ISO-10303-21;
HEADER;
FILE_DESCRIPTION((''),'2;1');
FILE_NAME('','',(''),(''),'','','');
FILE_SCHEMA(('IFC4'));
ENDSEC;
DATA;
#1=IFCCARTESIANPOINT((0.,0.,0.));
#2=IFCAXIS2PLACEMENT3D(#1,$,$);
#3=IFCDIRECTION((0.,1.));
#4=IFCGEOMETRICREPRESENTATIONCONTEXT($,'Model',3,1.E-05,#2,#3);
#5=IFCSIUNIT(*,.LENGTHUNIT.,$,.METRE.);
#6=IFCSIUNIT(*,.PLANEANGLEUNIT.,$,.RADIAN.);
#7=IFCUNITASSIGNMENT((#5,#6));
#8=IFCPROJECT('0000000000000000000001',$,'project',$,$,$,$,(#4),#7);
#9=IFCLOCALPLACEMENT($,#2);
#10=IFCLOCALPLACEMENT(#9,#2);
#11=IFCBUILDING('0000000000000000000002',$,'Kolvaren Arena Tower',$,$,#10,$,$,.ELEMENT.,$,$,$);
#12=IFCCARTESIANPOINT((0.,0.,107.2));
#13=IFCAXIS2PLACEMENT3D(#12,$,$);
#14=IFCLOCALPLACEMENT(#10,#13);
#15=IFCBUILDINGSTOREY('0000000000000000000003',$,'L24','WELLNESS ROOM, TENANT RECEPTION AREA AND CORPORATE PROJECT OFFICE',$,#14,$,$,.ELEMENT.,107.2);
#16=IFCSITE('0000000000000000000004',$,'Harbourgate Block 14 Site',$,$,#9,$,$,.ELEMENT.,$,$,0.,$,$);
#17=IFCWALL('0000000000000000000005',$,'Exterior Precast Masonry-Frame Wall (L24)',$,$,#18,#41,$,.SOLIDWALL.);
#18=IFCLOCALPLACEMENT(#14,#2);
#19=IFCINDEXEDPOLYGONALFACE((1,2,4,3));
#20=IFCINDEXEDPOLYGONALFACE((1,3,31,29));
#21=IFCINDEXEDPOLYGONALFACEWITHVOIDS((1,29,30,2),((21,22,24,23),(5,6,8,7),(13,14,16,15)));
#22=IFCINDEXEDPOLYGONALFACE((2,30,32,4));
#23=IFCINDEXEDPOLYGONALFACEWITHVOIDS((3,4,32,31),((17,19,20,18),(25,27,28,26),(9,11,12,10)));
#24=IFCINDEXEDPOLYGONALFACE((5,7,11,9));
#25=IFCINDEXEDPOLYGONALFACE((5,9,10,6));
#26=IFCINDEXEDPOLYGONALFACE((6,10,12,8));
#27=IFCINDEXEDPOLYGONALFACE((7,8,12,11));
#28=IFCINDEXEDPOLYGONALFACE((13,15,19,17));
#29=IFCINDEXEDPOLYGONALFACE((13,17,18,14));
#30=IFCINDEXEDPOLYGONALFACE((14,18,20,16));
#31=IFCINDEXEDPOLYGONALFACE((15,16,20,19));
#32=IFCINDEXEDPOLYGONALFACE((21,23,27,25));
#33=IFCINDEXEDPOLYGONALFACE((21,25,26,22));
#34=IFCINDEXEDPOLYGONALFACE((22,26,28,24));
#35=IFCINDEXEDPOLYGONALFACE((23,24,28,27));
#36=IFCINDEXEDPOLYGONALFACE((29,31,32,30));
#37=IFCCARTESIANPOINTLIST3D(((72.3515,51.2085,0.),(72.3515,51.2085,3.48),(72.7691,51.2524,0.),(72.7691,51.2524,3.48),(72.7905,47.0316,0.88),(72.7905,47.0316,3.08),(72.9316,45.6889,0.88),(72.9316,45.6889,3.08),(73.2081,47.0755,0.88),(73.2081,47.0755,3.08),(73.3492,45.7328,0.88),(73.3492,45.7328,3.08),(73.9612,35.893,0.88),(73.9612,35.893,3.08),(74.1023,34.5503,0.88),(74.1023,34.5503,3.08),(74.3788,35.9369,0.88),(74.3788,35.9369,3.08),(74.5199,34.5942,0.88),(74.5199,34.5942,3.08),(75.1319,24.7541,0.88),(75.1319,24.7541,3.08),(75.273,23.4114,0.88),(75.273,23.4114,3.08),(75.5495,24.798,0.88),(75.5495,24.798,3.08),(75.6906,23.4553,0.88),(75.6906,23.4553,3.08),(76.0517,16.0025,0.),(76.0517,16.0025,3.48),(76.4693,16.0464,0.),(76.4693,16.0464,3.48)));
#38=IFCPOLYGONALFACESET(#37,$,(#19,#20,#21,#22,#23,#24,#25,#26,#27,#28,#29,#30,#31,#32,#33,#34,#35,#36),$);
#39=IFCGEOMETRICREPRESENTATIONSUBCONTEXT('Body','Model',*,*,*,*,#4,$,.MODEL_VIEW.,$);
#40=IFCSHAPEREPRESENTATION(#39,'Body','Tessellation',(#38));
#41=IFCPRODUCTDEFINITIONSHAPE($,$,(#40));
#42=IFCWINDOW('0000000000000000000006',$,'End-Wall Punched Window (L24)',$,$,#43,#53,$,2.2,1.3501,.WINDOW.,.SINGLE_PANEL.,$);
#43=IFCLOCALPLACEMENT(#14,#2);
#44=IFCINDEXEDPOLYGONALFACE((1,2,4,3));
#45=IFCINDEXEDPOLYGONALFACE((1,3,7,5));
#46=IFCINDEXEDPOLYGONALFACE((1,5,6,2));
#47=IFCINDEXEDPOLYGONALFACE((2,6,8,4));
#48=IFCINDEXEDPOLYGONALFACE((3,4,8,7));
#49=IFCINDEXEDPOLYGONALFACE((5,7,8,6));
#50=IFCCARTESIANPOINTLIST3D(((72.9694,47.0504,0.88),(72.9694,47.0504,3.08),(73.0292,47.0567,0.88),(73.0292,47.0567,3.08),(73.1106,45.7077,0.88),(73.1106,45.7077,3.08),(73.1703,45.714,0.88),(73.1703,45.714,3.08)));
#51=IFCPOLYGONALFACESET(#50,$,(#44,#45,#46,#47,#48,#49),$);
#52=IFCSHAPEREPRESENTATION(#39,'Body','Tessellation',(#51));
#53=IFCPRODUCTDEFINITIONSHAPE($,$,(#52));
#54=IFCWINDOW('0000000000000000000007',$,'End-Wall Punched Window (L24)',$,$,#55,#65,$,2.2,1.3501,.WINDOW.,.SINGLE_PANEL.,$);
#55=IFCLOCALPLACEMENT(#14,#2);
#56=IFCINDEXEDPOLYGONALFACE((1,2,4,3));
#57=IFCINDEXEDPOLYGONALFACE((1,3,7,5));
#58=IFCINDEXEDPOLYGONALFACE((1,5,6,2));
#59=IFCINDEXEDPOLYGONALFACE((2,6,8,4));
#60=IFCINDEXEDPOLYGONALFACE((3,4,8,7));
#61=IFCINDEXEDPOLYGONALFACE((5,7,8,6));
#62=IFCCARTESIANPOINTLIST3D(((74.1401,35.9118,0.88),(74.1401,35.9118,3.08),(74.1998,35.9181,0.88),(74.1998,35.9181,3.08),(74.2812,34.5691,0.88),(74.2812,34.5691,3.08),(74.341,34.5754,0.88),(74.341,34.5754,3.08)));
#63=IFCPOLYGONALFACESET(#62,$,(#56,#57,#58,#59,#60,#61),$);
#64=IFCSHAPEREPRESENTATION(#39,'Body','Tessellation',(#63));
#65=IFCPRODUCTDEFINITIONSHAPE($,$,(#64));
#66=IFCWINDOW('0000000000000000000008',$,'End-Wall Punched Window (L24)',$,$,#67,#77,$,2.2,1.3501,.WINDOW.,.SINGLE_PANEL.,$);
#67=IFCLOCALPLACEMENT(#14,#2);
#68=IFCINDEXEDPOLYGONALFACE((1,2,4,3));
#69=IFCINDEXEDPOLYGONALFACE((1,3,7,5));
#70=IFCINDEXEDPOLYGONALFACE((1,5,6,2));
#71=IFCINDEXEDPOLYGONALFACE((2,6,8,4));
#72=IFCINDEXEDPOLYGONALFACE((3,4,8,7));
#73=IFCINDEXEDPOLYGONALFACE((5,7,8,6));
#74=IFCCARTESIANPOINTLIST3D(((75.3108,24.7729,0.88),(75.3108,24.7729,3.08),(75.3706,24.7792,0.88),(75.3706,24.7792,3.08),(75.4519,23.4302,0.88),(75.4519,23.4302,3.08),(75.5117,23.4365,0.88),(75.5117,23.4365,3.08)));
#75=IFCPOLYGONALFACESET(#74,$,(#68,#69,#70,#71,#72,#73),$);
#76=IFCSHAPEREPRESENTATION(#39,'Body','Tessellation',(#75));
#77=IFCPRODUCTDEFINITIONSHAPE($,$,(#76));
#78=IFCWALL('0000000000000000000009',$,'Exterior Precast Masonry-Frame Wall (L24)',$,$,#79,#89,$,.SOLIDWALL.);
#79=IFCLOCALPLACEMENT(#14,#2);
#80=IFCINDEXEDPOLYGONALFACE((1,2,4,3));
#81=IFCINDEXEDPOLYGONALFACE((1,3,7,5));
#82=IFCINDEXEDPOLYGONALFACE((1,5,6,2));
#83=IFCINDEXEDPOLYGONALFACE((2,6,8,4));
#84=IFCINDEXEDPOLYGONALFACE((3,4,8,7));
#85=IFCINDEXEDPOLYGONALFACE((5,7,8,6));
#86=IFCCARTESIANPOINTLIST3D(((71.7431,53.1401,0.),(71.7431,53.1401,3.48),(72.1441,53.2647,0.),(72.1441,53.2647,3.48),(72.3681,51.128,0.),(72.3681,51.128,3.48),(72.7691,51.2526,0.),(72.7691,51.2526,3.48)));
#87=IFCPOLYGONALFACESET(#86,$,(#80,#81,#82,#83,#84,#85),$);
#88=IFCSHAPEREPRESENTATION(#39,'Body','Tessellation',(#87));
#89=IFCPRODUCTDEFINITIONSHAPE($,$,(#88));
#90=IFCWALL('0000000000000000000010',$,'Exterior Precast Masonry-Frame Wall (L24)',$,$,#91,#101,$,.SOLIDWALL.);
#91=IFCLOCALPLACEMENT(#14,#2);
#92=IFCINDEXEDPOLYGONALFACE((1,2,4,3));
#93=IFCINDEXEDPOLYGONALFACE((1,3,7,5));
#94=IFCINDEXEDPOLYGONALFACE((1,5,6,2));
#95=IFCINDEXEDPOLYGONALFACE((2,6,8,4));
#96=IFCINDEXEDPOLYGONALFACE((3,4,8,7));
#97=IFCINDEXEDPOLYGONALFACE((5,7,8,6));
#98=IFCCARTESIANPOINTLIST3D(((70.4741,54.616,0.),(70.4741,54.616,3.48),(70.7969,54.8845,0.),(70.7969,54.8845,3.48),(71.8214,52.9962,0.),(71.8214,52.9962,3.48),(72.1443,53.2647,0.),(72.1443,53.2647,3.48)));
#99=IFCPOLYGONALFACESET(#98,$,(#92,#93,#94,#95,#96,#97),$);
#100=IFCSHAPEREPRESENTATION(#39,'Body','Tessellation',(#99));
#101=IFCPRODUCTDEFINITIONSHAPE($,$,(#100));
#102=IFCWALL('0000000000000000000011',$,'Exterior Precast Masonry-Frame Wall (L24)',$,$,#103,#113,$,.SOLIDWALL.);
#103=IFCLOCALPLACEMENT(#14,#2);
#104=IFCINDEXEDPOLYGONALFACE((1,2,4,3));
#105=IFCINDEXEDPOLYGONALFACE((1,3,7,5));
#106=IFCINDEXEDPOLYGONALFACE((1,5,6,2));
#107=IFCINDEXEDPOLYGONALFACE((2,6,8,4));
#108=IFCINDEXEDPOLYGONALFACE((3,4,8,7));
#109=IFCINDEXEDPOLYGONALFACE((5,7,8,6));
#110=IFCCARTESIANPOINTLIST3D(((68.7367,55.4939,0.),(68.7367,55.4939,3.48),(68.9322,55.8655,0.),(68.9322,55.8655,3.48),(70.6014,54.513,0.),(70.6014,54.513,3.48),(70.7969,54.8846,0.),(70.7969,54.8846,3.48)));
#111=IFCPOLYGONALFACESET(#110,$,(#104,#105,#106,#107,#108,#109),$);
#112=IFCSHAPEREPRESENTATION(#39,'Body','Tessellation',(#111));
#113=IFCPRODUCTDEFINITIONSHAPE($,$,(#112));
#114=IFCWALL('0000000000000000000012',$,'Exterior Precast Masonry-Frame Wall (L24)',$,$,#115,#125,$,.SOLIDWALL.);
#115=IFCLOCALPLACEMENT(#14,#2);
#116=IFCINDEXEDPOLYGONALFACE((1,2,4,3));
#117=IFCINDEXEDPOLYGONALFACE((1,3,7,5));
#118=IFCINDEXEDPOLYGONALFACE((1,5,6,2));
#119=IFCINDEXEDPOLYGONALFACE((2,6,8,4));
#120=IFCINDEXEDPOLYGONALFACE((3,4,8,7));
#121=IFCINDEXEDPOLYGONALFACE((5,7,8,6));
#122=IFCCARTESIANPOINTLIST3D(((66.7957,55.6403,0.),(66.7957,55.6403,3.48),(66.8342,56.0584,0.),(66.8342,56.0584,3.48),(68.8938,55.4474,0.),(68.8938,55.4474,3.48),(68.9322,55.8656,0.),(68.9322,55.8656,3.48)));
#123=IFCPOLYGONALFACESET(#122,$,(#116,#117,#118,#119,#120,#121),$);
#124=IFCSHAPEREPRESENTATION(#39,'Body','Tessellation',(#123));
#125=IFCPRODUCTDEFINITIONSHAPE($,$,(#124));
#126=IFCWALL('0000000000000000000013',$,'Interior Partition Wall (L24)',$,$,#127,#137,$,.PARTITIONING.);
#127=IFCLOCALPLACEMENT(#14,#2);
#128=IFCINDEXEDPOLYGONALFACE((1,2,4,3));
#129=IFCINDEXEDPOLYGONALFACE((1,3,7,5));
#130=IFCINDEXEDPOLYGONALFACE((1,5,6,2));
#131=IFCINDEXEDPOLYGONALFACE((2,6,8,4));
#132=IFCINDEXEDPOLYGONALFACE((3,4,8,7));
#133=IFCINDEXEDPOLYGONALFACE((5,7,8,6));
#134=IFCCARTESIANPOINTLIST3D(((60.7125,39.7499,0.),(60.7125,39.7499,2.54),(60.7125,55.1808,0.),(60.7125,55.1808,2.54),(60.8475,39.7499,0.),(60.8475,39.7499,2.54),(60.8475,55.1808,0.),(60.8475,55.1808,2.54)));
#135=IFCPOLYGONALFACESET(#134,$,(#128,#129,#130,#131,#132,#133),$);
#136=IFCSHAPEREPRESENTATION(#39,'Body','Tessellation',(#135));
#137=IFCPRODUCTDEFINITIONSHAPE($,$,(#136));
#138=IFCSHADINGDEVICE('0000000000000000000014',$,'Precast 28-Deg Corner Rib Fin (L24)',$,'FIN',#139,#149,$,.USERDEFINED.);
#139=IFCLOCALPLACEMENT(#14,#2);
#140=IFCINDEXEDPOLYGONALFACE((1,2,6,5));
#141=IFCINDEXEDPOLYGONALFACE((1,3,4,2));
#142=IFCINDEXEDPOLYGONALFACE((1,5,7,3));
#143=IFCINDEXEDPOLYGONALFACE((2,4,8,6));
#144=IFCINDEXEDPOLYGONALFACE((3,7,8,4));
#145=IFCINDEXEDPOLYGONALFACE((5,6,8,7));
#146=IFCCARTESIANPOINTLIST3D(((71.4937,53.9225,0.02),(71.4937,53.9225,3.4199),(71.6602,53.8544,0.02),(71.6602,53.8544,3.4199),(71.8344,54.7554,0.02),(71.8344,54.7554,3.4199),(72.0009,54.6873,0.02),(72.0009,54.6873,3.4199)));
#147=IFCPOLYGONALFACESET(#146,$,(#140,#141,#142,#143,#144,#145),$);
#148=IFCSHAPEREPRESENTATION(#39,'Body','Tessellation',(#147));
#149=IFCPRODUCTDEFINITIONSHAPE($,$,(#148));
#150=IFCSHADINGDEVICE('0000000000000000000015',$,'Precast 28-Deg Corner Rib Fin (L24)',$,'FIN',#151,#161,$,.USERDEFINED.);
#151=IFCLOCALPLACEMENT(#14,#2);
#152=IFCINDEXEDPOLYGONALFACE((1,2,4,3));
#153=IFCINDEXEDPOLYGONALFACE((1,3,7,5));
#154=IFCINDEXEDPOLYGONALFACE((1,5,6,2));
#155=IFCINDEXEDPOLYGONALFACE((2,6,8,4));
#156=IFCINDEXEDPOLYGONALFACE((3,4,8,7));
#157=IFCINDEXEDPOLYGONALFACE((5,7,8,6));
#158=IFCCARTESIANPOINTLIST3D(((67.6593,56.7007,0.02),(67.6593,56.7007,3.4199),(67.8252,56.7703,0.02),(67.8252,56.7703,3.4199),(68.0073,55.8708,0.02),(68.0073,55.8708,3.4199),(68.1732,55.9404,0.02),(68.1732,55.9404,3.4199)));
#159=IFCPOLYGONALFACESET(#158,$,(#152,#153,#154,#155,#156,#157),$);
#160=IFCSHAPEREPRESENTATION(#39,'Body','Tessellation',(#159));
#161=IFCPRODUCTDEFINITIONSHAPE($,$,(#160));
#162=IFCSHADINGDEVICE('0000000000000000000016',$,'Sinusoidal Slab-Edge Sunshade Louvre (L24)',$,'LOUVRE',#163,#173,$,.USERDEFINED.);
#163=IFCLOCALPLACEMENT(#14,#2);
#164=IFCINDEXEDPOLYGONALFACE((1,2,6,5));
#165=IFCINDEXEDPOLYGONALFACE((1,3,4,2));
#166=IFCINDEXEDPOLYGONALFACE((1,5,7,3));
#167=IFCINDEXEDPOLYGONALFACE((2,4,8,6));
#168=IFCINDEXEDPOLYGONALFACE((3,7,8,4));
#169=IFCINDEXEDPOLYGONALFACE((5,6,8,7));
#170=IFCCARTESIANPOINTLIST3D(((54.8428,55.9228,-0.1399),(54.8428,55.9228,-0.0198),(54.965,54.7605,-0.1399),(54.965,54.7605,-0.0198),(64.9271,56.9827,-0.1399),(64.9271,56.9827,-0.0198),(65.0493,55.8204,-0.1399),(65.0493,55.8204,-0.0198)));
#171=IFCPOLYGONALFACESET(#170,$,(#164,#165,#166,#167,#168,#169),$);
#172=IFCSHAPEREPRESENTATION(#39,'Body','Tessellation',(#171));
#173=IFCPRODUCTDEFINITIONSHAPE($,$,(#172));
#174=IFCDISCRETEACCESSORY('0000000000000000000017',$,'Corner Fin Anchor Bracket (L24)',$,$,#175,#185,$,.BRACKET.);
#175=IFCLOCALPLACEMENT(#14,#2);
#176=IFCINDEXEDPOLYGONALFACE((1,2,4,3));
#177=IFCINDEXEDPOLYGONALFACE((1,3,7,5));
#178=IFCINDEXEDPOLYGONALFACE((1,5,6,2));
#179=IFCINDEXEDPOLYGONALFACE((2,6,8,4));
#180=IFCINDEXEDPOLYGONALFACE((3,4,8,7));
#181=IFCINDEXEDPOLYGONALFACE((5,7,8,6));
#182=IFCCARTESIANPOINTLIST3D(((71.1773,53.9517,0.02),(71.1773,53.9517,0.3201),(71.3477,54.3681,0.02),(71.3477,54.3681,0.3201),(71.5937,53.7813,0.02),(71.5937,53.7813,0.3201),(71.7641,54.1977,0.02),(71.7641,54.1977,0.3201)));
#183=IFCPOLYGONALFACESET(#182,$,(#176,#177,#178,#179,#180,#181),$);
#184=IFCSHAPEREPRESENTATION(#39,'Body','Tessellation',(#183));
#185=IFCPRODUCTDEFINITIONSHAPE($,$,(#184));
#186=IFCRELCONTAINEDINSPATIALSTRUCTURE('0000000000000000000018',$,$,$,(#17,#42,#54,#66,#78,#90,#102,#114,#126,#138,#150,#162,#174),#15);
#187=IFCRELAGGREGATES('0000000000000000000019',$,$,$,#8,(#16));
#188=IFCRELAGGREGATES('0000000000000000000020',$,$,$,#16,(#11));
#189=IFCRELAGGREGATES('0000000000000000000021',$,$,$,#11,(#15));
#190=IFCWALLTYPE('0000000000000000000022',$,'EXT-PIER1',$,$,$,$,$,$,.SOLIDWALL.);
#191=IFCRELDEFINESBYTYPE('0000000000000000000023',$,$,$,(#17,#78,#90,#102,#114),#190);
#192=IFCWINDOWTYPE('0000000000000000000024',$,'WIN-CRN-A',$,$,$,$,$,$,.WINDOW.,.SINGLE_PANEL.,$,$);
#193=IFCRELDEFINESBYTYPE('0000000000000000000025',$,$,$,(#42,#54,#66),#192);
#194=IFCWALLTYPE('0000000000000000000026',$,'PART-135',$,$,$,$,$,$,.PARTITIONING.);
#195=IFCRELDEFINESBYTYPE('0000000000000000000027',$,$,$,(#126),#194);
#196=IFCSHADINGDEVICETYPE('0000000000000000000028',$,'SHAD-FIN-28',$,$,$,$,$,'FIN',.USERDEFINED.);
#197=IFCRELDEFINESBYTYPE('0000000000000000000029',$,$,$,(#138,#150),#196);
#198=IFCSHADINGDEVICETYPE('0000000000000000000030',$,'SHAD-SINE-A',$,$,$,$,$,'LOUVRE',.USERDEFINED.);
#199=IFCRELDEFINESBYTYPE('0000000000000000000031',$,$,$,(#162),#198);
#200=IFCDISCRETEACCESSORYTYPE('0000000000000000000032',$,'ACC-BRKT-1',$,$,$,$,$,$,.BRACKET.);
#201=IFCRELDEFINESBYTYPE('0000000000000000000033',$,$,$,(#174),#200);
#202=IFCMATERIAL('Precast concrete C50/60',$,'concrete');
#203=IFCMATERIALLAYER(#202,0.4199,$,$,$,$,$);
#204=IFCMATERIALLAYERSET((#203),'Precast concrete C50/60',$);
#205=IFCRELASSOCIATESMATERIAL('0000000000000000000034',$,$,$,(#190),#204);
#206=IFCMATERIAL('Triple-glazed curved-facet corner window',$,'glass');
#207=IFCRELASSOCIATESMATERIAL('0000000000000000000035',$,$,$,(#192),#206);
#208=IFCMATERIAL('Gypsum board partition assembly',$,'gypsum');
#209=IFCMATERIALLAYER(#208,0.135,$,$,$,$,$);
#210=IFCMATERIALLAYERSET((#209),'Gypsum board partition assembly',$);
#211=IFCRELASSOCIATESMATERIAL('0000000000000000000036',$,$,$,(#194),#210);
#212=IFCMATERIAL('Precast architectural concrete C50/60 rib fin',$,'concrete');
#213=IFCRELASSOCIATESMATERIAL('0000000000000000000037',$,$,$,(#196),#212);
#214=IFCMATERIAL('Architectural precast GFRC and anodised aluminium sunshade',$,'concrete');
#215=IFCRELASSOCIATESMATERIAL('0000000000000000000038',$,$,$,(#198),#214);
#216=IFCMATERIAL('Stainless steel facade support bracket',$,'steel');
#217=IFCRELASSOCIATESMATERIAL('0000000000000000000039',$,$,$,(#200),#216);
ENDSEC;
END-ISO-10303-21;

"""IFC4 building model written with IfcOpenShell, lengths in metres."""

from ifc_helpers import new_model, si_unit, direction, frame, frame_2d, origin, origin_2d, place, context, subcontext, project, spatial, rectangle, extrude, material, layer, layer_set, type_object, element, fill, save


model = new_model("IFC4")

# Units and contexts
model_context = context("Model", 3, precision=1e-05, world=origin(), true_north=direction((0.0, 1.0)))
body_context = subcontext(model_context, "Body", "Model", "MODEL_VIEW")
ifc_project = project(units=[si_unit("LENGTHUNIT", "METRE"), si_unit("PLANEANGLEUNIT", "RADIAN")], contexts=[model_context])

# Site, building, storey
site_placement = place(None, origin())
site = spatial("IfcSite", under=ifc_project, at=site_placement, Name="Harbourgate Block 14 Site", CompositionType="ELEMENT", RefElevation=0.0)
building_placement = place(site_placement, origin())
building = spatial("IfcBuilding", under=site, at=building_placement, Name="Kolvaren Arena Tower", CompositionType="ELEMENT")
storey_placement = place(building_placement, frame((0.0, 0.0, 107.2)))
storey = spatial("IfcBuildingStorey", under=building, at=storey_placement, Name="L24", Description="WELLNESS ROOM, TENANT RECEPTION AREA AND CORPORATE PROJECT OFFICE", CompositionType="ELEMENT", Elevation=107.2)

# Wall, openings, windows
ifc_material_1 = material(Name="Precast concrete C50/60", Category="concrete")
ifc_layer_1 = layer(ifc_material_1, 0.4199)
ifc_layer_set_1 = layer_set([ifc_layer_1], Name="Precast concrete C50/60")
wall_type_1 = type_object("IfcWallType", Name="EXT-PIER1", PredefinedType="SOLIDWALL", material=ifc_layer_set_1)
wall_1_placement = place(storey_placement, frame((72.5603, 51.2305, 0.0), z_axis=(0.0, 0.0, 1.0), x_axis=(0.104525, -0.994522, 0.0)))
wall_1 = element("IfcWall", 1, at=wall_1_placement, inside=storey, type_object=wall_type_1, Name="Exterior Precast Masonry-Frame Wall (L24)", PredefinedType="SOLIDWALL", context=body_context, shape_type="SweptSolid", body=[
    extrude(rectangle(XDim=35.3999, YDim=0.4199, at=frame_2d((17.7, 0.0))), origin(), (0.0, 0.0, 1.0), 3.48),
])
opening_1_placement = place(wall_1_placement, frame((4.2, 0.0, 0.8799)))
opening_1 = element("IfcOpeningElement", 2, at=opening_1_placement, cuts=wall_1, PredefinedType="OPENING", context=body_context, shape_type="SweptSolid", body=[
    extrude(rectangle(XDim=1.3501, YDim=2.2, at=frame_2d((0.675, 1.1001))), frame((0.0, 0.22, 0.0), z_axis=(0.0, -1.0, 0.0), x_axis=(1.0, 0.0, 0.0)), (0.0, 0.0, 1.0), 0.4399),
])
opening_2_placement = place(wall_1_placement, frame((15.3999, 0.0, 0.8799)))
opening_2 = element("IfcOpeningElement", 3, at=opening_2_placement, cuts=wall_1, PredefinedType="OPENING", context=body_context, shape_type="SweptSolid", body=[
    extrude(rectangle(XDim=1.3501, YDim=2.2, at=frame_2d((0.675, 1.1001))), frame((0.0, 0.22, 0.0), z_axis=(0.0, -1.0, 0.0), x_axis=(1.0, 0.0, 0.0)), (0.0, 0.0, 1.0), 0.4399),
])
opening_3_placement = place(wall_1_placement, frame((26.6001, 0.0, 0.8799)))
opening_3 = element("IfcOpeningElement", 4, at=opening_3_placement, cuts=wall_1, PredefinedType="OPENING", context=body_context, shape_type="SweptSolid", body=[
    extrude(rectangle(XDim=1.3501, YDim=2.2, at=frame_2d((0.675, 1.1001))), frame((0.0, 0.22, 0.0), z_axis=(0.0, -1.0, 0.0), x_axis=(1.0, 0.0, 0.0)), (0.0, 0.0, 1.0), 0.4399),
])
ifc_material_2 = material(Name="Triple-glazed curved-facet corner window", Category="glass")
window_type = type_object("IfcWindowType", Name="WIN-CRN-A", PartitioningType="SINGLE_PANEL", PredefinedType="WINDOW", material=ifc_material_2)
window_1_placement = place(opening_1_placement, origin())
window_1 = element("IfcWindow", 5, at=window_1_placement, inside=storey, type_object=window_type, Name="End-Wall Punched Window (L24)", OverallHeight=2.2, OverallWidth=1.3501, PartitioningType="SINGLE_PANEL", PredefinedType="WINDOW", context=body_context, shape_type="SweptSolid", body=[
    extrude(rectangle(XDim=1.3501, YDim=2.2, at=frame_2d((0.675, 1.1001))), frame((0.0, 0.03, 0.0), z_axis=(0.0, -1.0, 0.0), x_axis=(1.0, 0.0, 0.0)), (0.0, 0.0, 1.0), 0.0601),
])
fill(opening_1, window_1)
window_2_placement = place(opening_2_placement, origin())
window_2 = element("IfcWindow", 6, at=window_2_placement, inside=storey, type_object=window_type, Name="End-Wall Punched Window (L24)", OverallHeight=2.2, OverallWidth=1.3501, PartitioningType="SINGLE_PANEL", PredefinedType="WINDOW", context=body_context, shape_type="SweptSolid", body=[
    extrude(rectangle(XDim=1.3501, YDim=2.2, at=frame_2d((0.675, 1.1001))), frame((0.0, 0.03, 0.0), z_axis=(0.0, -1.0, 0.0), x_axis=(1.0, 0.0, 0.0)), (0.0, 0.0, 1.0), 0.0601),
])
fill(opening_2, window_2)
window_3_placement = place(opening_3_placement, origin())
window_3 = element("IfcWindow", 7, at=window_3_placement, inside=storey, type_object=window_type, Name="End-Wall Punched Window (L24)", OverallHeight=2.2, OverallWidth=1.3501, PartitioningType="SINGLE_PANEL", PredefinedType="WINDOW", context=body_context, shape_type="SweptSolid", body=[
    extrude(rectangle(XDim=1.3501, YDim=2.2, at=frame_2d((0.675, 1.1001))), frame((0.0, 0.03, 0.0), z_axis=(0.0, -1.0, 0.0), x_axis=(1.0, 0.0, 0.0)), (0.0, 0.0, 1.0), 0.0601),
])
fill(opening_3, window_3)

# Walls
for number, where, z_axis, x_axis, name in (
    (8, (71.9436, 53.2024, 0.0), (0.0, 0.0, 1.0), (0.296625, -0.954994, 0.0), "Exterior Precast Masonry-Frame Wall (L24)"),
    (9, (70.6355, 54.7502, 0.0), (0.0, 0.0, 1.0), (0.639489, -0.7688, 0.0), "Exterior Precast Masonry-Frame Wall (L24)"),
    (10, (68.8345, 55.6797, 0.0), (0.0, 0.0, 1.0), (0.885014, -0.465565, 0.0), "Exterior Precast Masonry-Frame Wall (L24)"),
    (11, (66.8149, 55.8494, 0.0), (0.0, 0.0, 1.0), (0.995802, -0.091539, 0.0), "Exterior Precast Masonry-Frame Wall (L24)"),
):
    element("IfcWall", number, at=place(storey_placement, frame(where, z_axis=z_axis, x_axis=x_axis)), inside=storey, type_object=wall_type_1, Name=name, PredefinedType="SOLIDWALL", context=body_context, shape_type="SweptSolid", body=[
        extrude(rectangle(XDim=2.1069, YDim=0.4199, at=frame_2d((1.0535, 0.0))), origin(), (0.0, 0.0, 1.0), 3.48),
    ])
ifc_material_3 = material(Name="Gypsum board partition assembly", Category="gypsum")
ifc_layer_2 = layer(ifc_material_3, 0.135)
ifc_layer_set_2 = layer_set([ifc_layer_2], Name="Gypsum board partition assembly")
wall_type_2 = type_object("IfcWallType", Name="PART-135", PredefinedType="PARTITIONING", material=ifc_layer_set_2)
wall_2_placement = place(storey_placement, frame((60.78, 39.75, 0.0), z_axis=(0.0, 0.0, 1.0), x_axis=(0.0, 1.0, 0.0)))
element("IfcWall", 12, at=wall_2_placement, inside=storey, type_object=wall_type_2, Name="Interior Partition Wall (L24)", PredefinedType="PARTITIONING", context=body_context, shape_type="SweptSolid", body=[
    extrude(rectangle(XDim=15.4309, YDim=0.135, at=frame_2d((7.7153, 0.0))), origin(), (0.0, 0.0, 1.0), 2.54),
])

# Shading devices
ifc_material_4 = material(Name="Precast architectural concrete C50/60 rib fin", Category="concrete")
shading_device_type_1 = type_object("IfcShadingDeviceType", Name="SHAD-FIN-28", ElementType="FIN", PredefinedType="USERDEFINED", material=ifc_material_4)
for number, where, z_axis, x_axis, name in (
    (13, (71.7473, 54.3049, 0.02), (0.0, 0.0, 1.0), (0.378634, 0.925546, 0.0), "Precast 28-Deg Corner Rib Fin (L24)"),
    (14, (67.9163, 56.3206, 0.02), (0.0, 0.0, 1.0), (-0.386706, 0.922203, 0.0), "Precast 28-Deg Corner Rib Fin (L24)"),
):
    element("IfcShadingDevice", number, at=place(storey_placement, frame(where, z_axis=z_axis, x_axis=x_axis)), inside=storey, type_object=shading_device_type_1, Name=name, ObjectType="FIN", PredefinedType="USERDEFINED", context=body_context, shape_type="SweptSolid", body=[
        extrude(rectangle(XDim=0.8999, YDim=0.1799, at=origin_2d()), origin(), (0.0, 0.0, 1.0), 3.3999),
    ])
ifc_material_5 = material(Name="Architectural precast GFRC and anodised aluminium sunshade", Category="concrete")
shading_device_type_2 = type_object("IfcShadingDeviceType", Name="SHAD-SINE-A", ElementType="LOUVRE", PredefinedType="USERDEFINED", material=ifc_material_5)
shading_device_placement = place(storey_placement, frame((59.946, 55.8716, -0.1399), z_axis=(0.0, 0.0, 1.0), x_axis=(0.994522, 0.104527, 0.0)))
element("IfcShadingDevice", 15, at=shading_device_placement, inside=storey, type_object=shading_device_type_2, Name="Sinusoidal Slab-Edge Sunshade Louvre (L24)", ObjectType="LOUVRE", PredefinedType="USERDEFINED", context=body_context, shape_type="SweptSolid", body=[
    extrude(rectangle(XDim=10.1399, YDim=1.1687, at=origin_2d()), origin(), (0.0, 0.0, 1.0), 0.1201),
])

# Discrete accessory
ifc_material_6 = material(Name="Stainless steel facade support bracket", Category="steel")
discrete_accessory_type = type_object("IfcDiscreteAccessoryType", Name="ACC-BRKT-1", PredefinedType="BRACKET", material=ifc_material_6)
for number, where, z_axis, x_axis, name in (
    (16, (71.4707, 54.0747, 0.02), (0.0, 0.0, 1.0), (0.378634, 0.925546, 0.0), "Corner Fin Anchor Bracket (L24)"),
):
    element("IfcDiscreteAccessory", number, at=place(storey_placement, frame(where, z_axis=z_axis, x_axis=x_axis)), inside=storey, type_object=discrete_accessory_type, Name=name, PredefinedType="BRACKET", context=body_context, shape_type="SweptSolid", body=[
        extrude(rectangle(XDim=0.45, YDim=0.45, at=origin_2d()), origin(), (0.0, 0.0, 1.0), 0.3),
    ])

save(model, "model.ifc")
